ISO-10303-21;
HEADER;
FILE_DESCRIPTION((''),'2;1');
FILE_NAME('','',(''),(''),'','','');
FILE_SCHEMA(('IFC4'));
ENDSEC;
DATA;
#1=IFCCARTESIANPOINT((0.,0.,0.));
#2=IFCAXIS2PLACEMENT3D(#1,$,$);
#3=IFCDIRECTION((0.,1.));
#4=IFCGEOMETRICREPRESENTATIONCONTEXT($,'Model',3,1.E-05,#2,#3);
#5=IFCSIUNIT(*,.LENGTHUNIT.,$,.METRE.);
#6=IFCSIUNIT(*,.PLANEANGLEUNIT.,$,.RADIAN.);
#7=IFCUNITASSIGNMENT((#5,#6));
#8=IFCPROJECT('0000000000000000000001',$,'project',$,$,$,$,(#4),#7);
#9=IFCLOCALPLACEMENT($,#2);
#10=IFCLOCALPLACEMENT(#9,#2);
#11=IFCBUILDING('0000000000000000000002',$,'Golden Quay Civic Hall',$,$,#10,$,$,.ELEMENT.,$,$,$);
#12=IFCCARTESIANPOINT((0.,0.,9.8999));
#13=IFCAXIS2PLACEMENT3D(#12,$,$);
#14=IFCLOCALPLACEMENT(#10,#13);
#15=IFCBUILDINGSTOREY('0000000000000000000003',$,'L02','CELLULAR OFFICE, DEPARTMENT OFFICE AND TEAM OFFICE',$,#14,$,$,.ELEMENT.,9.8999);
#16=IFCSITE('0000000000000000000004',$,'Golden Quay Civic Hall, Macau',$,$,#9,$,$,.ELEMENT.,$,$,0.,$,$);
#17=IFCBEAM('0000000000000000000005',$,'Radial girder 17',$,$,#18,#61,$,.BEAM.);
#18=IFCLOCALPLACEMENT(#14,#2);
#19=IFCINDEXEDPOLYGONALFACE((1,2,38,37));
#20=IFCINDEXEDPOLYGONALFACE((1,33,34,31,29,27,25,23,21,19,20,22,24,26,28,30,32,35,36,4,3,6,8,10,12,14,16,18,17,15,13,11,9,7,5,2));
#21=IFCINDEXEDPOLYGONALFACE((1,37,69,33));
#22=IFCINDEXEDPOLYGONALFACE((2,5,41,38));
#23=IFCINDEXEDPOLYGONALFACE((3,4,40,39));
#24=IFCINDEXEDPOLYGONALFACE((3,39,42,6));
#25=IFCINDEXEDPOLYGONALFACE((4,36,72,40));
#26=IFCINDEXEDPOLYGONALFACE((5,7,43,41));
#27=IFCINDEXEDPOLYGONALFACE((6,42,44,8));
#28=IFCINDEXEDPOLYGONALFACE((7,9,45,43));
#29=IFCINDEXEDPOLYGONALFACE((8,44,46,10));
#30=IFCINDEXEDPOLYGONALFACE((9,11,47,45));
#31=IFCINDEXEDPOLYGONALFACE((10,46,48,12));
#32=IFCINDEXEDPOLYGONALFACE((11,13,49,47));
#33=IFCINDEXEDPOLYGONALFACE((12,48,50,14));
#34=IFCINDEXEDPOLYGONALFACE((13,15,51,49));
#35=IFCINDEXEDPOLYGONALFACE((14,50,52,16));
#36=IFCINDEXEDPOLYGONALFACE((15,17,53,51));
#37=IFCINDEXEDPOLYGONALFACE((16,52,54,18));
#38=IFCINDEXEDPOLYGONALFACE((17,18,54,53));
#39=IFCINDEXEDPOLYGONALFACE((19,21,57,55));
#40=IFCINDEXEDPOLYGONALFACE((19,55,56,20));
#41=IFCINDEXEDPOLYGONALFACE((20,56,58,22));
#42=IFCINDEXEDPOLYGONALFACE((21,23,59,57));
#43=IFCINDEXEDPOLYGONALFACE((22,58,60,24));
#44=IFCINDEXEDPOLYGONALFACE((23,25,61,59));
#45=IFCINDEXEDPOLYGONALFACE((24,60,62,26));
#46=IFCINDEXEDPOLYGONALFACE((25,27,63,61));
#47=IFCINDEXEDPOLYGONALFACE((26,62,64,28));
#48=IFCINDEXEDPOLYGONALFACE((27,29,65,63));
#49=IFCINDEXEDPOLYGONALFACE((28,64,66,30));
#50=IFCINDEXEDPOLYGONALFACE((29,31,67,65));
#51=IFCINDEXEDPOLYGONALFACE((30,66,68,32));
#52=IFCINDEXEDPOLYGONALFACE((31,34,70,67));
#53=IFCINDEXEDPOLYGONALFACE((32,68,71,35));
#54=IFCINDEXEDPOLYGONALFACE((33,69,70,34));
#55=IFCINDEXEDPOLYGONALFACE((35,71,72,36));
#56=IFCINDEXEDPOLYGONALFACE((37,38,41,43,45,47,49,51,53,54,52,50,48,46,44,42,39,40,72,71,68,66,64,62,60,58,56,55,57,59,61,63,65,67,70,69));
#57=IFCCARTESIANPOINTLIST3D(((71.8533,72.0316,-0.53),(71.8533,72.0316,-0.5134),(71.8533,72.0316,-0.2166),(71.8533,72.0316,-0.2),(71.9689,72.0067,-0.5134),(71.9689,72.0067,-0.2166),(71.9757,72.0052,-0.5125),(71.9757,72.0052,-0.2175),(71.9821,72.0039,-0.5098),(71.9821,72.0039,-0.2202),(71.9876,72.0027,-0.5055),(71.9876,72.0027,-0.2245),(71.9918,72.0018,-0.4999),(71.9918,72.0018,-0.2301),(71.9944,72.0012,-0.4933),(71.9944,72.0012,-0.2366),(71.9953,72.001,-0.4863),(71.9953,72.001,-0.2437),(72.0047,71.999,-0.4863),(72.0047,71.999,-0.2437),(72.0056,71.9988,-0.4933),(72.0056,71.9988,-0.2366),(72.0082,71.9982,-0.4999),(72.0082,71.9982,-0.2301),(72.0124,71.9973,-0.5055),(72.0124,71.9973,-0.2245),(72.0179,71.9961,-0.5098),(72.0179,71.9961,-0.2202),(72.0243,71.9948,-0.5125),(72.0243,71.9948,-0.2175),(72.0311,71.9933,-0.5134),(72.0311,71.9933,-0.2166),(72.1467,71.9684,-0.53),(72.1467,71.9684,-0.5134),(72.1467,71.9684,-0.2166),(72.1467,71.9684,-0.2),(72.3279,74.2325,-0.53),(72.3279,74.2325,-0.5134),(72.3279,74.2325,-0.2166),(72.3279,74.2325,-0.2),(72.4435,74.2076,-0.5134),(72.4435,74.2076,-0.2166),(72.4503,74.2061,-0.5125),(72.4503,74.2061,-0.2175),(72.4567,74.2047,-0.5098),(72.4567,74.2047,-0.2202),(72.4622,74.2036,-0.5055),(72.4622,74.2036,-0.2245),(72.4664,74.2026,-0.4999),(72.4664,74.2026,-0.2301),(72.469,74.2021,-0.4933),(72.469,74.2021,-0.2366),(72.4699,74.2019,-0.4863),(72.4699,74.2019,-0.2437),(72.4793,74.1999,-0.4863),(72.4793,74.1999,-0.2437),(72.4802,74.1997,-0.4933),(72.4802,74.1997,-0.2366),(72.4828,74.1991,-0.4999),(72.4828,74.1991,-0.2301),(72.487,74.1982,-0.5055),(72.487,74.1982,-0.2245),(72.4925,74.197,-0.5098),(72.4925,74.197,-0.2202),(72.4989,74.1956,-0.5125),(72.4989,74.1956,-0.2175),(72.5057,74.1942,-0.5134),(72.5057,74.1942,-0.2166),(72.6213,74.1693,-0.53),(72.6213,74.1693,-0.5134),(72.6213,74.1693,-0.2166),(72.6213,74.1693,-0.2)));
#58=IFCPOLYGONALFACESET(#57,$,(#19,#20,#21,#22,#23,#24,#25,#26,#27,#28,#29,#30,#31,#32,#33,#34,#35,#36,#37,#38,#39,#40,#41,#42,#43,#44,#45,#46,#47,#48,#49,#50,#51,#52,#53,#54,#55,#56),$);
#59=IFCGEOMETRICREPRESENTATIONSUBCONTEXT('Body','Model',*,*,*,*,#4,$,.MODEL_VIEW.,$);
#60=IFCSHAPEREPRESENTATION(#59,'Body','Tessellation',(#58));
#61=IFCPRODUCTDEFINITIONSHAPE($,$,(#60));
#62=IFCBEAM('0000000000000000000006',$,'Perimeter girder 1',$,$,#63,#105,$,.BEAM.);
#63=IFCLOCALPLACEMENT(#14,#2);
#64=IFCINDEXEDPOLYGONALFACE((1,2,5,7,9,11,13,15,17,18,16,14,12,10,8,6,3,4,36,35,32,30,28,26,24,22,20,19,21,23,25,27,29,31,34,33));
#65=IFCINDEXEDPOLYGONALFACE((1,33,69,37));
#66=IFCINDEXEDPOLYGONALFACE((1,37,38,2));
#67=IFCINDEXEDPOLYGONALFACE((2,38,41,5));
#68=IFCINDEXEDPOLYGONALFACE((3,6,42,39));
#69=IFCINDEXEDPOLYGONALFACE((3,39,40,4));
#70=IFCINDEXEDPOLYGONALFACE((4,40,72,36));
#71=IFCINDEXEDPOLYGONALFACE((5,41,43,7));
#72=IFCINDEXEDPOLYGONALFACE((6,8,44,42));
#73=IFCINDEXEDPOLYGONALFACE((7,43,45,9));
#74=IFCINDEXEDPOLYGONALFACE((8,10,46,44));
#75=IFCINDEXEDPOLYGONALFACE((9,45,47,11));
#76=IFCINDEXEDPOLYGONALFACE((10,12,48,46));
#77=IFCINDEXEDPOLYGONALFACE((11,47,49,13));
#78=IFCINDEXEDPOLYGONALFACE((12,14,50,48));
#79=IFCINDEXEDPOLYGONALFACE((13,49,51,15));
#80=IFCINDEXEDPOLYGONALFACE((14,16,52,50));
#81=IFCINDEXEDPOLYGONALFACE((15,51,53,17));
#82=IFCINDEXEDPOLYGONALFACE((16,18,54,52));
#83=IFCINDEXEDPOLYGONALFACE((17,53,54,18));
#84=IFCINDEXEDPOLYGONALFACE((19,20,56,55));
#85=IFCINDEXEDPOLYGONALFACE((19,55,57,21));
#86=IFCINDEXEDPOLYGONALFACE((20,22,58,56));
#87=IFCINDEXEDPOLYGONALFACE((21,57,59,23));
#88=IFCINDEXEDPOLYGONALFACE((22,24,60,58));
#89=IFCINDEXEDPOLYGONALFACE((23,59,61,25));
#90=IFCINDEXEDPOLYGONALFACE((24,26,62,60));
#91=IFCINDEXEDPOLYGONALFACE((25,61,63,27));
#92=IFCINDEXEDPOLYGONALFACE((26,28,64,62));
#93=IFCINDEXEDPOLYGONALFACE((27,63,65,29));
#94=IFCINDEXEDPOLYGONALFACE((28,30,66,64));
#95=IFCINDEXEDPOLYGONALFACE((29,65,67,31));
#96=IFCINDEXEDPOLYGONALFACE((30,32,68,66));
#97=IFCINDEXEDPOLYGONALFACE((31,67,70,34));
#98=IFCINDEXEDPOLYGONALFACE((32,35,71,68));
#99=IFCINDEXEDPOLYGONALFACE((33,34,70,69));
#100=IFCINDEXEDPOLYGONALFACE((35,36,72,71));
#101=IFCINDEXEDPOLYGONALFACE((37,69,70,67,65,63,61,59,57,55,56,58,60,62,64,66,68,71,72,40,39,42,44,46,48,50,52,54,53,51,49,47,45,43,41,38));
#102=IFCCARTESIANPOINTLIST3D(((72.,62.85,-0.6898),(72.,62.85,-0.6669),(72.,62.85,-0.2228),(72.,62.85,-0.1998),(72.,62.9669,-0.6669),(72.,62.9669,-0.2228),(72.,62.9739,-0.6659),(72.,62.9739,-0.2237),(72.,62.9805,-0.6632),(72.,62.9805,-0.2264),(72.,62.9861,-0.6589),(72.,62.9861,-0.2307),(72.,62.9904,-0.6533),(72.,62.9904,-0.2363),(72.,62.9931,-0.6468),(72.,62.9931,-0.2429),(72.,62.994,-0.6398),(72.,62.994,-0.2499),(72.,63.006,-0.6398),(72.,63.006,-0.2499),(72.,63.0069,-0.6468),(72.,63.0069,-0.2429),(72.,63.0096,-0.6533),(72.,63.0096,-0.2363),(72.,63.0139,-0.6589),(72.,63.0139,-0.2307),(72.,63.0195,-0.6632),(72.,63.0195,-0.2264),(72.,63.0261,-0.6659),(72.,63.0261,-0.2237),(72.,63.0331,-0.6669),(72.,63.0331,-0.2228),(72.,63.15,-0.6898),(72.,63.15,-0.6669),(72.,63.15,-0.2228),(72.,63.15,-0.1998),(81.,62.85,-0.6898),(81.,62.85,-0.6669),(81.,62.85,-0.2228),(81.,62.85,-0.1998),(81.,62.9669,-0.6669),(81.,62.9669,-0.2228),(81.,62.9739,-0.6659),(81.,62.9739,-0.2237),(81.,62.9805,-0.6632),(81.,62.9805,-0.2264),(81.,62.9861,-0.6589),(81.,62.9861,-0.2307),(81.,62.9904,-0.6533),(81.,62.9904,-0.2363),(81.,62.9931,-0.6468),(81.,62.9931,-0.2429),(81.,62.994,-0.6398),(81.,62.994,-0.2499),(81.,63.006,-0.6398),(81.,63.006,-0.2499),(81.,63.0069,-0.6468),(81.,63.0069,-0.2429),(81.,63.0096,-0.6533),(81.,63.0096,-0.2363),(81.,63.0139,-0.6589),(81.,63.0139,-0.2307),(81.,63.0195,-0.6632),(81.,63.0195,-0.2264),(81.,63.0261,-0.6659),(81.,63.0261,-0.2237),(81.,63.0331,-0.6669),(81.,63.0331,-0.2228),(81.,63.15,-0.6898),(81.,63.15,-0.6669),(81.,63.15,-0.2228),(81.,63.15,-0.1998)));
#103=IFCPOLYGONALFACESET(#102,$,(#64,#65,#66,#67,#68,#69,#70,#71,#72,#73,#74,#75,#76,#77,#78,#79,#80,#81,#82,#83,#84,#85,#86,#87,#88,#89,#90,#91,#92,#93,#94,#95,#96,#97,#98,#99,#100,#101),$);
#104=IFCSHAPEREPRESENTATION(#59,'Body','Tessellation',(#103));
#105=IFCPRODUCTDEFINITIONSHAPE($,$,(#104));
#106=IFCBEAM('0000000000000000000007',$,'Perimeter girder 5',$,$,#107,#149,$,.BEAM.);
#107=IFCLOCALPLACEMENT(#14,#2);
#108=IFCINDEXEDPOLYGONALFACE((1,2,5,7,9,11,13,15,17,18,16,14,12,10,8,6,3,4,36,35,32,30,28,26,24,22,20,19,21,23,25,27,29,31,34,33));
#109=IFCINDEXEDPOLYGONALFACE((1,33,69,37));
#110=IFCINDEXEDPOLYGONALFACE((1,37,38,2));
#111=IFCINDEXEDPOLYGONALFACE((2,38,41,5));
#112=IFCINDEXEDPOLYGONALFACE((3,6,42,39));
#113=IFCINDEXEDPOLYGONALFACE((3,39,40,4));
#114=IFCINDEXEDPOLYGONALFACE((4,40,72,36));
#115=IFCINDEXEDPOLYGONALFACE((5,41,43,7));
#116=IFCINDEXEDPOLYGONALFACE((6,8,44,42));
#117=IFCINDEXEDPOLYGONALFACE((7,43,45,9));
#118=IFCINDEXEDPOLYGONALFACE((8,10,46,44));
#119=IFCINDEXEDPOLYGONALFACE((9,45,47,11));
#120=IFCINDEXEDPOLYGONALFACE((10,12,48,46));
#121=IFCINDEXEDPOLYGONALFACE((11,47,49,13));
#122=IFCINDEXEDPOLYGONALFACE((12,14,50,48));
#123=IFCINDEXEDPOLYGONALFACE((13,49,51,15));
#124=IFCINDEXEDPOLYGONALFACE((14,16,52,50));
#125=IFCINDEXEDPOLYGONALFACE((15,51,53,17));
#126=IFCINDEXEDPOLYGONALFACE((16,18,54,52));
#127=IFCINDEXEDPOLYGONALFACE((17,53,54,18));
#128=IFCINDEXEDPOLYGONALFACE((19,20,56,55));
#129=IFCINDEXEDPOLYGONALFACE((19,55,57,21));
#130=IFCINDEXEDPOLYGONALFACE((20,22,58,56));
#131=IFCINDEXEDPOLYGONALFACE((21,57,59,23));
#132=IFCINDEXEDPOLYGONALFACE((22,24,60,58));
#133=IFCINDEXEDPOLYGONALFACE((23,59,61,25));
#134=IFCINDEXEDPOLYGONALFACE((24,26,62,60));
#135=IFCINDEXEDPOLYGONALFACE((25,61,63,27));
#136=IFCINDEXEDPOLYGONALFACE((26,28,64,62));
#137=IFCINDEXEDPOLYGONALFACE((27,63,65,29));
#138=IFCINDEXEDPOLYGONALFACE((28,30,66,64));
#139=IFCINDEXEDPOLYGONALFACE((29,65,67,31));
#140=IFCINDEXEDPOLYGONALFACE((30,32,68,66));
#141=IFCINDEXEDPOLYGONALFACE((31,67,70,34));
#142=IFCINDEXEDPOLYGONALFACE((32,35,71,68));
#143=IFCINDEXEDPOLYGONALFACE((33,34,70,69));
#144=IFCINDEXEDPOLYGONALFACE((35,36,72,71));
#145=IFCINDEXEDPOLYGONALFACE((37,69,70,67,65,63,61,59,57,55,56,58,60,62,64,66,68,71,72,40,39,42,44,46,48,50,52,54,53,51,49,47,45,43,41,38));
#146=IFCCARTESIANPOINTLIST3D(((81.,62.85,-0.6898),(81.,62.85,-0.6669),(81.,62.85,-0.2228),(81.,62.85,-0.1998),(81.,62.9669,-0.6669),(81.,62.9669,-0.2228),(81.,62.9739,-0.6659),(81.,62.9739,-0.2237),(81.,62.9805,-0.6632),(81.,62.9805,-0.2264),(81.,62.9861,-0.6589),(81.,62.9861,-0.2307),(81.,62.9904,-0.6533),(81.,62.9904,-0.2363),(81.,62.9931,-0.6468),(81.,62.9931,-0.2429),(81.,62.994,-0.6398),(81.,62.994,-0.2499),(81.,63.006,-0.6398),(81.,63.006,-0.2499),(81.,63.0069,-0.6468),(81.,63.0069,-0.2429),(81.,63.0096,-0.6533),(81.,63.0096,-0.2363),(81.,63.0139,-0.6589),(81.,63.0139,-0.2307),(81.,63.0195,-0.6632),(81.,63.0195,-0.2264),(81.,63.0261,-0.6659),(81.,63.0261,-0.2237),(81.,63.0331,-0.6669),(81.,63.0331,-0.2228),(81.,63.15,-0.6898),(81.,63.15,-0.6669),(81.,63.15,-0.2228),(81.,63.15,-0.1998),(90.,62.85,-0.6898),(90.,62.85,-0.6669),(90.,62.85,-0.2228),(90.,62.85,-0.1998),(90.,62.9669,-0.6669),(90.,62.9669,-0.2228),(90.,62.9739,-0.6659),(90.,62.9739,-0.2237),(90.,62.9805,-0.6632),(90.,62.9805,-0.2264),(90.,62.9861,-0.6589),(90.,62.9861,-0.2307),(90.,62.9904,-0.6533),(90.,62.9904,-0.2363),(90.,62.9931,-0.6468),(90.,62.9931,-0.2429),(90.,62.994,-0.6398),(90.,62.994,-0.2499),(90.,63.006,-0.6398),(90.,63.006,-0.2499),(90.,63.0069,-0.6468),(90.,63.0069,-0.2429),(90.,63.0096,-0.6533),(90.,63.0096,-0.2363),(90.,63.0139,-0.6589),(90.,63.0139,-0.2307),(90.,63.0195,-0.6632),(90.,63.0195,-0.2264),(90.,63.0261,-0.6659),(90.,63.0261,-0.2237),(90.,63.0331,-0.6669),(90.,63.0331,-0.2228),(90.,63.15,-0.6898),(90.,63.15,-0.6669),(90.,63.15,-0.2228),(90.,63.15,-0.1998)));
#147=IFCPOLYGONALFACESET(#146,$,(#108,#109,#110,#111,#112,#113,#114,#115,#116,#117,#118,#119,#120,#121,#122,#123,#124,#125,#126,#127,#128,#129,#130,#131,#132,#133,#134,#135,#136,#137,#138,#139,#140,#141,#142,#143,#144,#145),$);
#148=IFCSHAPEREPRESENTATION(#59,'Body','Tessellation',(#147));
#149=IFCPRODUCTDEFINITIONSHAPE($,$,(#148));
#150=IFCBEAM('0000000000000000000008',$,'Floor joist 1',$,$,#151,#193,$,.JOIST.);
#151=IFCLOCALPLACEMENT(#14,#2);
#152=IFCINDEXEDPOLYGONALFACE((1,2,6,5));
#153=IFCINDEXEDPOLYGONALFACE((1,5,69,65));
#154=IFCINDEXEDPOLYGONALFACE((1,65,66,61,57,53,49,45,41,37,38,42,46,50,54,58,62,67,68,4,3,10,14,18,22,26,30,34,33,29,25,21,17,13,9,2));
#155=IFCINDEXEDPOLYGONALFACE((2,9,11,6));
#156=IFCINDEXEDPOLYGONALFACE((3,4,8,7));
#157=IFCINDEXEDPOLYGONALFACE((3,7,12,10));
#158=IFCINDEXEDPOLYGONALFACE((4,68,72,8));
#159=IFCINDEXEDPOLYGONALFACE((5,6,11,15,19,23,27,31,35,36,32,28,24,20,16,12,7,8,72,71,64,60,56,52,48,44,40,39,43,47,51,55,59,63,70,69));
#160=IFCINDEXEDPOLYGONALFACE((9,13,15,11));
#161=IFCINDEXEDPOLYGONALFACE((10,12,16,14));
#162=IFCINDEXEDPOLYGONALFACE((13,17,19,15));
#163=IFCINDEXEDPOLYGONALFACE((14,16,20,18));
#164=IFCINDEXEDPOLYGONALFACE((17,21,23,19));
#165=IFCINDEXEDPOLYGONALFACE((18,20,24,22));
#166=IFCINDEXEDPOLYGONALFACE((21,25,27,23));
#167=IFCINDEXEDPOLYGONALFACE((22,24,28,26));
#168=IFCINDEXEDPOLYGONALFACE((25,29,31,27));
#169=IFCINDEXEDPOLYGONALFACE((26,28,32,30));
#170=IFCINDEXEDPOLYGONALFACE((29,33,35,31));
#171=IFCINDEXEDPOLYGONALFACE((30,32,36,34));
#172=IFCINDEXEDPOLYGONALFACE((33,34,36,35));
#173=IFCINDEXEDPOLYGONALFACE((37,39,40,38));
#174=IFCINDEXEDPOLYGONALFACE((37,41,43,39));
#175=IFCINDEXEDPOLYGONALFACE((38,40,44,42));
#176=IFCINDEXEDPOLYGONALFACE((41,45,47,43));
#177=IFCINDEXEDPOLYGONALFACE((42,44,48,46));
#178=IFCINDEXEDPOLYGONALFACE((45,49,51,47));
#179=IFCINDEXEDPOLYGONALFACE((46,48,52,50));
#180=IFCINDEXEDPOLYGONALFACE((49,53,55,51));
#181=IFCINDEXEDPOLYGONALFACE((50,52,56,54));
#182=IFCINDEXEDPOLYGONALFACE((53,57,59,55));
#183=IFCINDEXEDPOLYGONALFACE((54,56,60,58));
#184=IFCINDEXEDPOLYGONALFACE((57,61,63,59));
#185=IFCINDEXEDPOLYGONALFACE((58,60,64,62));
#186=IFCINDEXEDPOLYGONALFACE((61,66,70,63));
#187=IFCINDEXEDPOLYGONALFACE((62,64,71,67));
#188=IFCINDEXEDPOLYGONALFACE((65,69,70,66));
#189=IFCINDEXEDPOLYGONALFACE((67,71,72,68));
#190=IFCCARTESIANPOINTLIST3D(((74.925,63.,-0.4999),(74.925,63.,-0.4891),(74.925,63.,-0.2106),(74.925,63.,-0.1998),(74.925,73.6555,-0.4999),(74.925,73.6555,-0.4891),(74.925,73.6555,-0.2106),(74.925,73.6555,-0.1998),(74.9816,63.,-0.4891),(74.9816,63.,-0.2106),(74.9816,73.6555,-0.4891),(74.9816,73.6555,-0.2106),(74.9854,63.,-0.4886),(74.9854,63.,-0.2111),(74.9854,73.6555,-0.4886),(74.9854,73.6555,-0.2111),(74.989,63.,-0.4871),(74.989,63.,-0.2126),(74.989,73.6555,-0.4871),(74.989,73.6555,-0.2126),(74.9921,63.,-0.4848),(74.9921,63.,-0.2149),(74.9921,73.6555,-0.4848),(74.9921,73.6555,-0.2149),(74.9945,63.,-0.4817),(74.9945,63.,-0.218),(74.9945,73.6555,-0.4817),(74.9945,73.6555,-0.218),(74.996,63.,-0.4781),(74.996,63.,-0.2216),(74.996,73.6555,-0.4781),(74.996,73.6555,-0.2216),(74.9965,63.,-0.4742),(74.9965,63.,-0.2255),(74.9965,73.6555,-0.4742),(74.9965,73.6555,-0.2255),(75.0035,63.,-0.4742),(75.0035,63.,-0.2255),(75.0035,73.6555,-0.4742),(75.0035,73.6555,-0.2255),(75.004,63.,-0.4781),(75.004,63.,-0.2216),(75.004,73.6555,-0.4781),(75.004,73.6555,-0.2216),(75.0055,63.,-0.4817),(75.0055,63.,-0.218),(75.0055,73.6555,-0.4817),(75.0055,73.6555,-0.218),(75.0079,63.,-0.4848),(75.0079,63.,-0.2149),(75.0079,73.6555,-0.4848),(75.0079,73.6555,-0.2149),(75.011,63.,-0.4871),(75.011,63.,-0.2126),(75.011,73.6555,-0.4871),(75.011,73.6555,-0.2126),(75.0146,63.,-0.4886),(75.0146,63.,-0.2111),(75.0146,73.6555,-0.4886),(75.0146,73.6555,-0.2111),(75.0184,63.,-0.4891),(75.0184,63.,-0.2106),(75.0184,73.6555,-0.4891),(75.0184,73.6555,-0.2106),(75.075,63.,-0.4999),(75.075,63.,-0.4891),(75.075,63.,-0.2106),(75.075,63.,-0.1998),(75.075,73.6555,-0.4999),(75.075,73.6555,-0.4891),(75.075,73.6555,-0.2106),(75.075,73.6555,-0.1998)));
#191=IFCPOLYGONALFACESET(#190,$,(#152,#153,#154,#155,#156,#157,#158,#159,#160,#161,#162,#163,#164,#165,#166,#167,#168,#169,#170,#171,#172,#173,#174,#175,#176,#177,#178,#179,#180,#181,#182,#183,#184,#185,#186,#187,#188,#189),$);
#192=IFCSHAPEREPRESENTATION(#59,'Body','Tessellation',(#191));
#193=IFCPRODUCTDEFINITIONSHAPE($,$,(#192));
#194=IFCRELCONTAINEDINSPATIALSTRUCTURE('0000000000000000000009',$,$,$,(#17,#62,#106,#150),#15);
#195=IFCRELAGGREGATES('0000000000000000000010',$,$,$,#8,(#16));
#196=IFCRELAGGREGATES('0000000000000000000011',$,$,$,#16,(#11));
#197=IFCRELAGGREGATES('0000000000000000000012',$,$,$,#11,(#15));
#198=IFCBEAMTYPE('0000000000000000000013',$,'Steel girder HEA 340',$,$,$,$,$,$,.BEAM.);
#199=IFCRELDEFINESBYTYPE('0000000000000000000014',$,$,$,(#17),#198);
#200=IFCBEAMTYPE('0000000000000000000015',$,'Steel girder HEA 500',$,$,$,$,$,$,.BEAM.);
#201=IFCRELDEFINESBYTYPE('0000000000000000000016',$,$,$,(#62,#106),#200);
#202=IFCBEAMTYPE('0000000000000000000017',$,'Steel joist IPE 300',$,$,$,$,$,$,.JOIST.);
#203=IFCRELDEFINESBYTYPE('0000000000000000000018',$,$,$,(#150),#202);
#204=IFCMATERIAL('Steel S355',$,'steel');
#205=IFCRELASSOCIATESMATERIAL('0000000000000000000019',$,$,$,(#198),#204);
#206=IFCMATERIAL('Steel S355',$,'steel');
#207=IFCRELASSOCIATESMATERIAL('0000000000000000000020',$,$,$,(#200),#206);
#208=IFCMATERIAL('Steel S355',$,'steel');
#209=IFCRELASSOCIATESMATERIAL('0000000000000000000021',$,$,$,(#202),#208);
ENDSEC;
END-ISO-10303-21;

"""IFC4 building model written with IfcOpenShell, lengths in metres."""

from ifc_helpers import new_model, si_unit, direction, frame, origin, origin_2d, place, context, subcontext, project, spatial, i_section, extrude, material, material_profile, profile_set, type_object, element, save


model = new_model("IFC4")

# Units and contexts
model_context = context("Model", 3, precision=1e-05, world=origin(), true_north=direction((0.0, 1.0)))
body_context = subcontext(model_context, "Body", "Model", "MODEL_VIEW")
ifc_project = project(units=[si_unit("LENGTHUNIT", "METRE"), si_unit("PLANEANGLEUNIT", "RADIAN")], contexts=[model_context])

# Site, building, storey
site_placement = place(None, origin())
site = spatial("IfcSite", under=ifc_project, at=site_placement, Name="Golden Quay Civic Hall, Macau", CompositionType="ELEMENT", RefElevation=0.0)
building_placement = place(site_placement, origin())
building = spatial("IfcBuilding", under=site, at=building_placement, Name="Golden Quay Civic Hall", CompositionType="ELEMENT")
storey_placement = place(building_placement, frame((0.0, 0.0, 9.8999)))
storey = spatial("IfcBuildingStorey", under=building, at=storey_placement, Name="L02", Description="CELLULAR OFFICE, DEPARTMENT OFFICE AND TEAM OFFICE", CompositionType="ELEMENT", Elevation=9.8999)

# Beams
ifc_material_1 = material(Name="Steel S355", Category="steel")
ifc_material_profile_1 = material_profile(ifc_material_1, i_section(OverallWidth=0.3, OverallDepth=0.3301, WebThickness=0.0095, FlangeThickness=0.0166, FilletRadius=0.0271, at=origin_2d()), Name="HEA 340")
ifc_profile_set_1 = profile_set([ifc_material_profile_1], Name="Steel S355")
beam_type_1 = type_object("IfcBeamType", Name="Steel girder HEA 340", PredefinedType="BEAM", material=ifc_profile_set_1)
beam_1_placement = place(storey_placement, frame((72.0, 72.0, -0.365), z_axis=(0.210795, 0.97753, 0.0), x_axis=(-0.97753, 0.210795, 0.0)))
element("IfcBeam", 1, at=beam_1_placement, inside=storey, type_object=beam_type_1, Name="Radial girder 17", PredefinedType="BEAM", context=body_context, shape_type="SweptSolid", body=[
    extrude(i_section(OverallWidth=0.3, OverallDepth=0.3301, WebThickness=0.0095, FlangeThickness=0.0166, FilletRadius=0.0271, at=origin_2d()), origin(), (0.0, 0.0, 1.0), 2.2515),
])
ifc_material_2 = material(Name="Steel S355", Category="steel")
ifc_material_profile_2 = material_profile(ifc_material_2, i_section(OverallWidth=0.3, OverallDepth=0.49, WebThickness=0.012, FlangeThickness=0.0229, FilletRadius=0.0271, at=origin_2d()), Name="HEA 500")
ifc_profile_set_2 = profile_set([ifc_material_profile_2], Name="Steel S355")
beam_type_2 = type_object("IfcBeamType", Name="Steel girder HEA 500", PredefinedType="BEAM", material=ifc_profile_set_2)
for number, where, z_axis, x_axis, name in (
    (2, (72.0, 63.0, -0.4448), (1.0, 0.0, 0.0), (0.0, 1.0, 0.0), "Perimeter girder 1"),
    (3, (81.0, 63.0, -0.4448), (1.0, 0.0, 0.0), (0.0, 1.0, 0.0), "Perimeter girder 5"),
):
    element("IfcBeam", number, at=place(storey_placement, frame(where, z_axis=z_axis, x_axis=x_axis)), inside=storey, type_object=beam_type_2, Name=name, PredefinedType="BEAM", context=body_context, shape_type="SweptSolid", body=[
        extrude(i_section(OverallWidth=0.3, OverallDepth=0.49, WebThickness=0.012, FlangeThickness=0.0229, FilletRadius=0.0271, at=origin_2d()), origin(), (0.0, 0.0, 1.0), 9.0),
    ])
ifc_material_3 = material(Name="Steel S355", Category="steel")
ifc_material_profile_3 = material_profile(ifc_material_3, i_section(OverallWidth=0.1499, OverallDepth=0.3, WebThickness=0.0071, FlangeThickness=0.0107, FilletRadius=0.0149, at=origin_2d()), Name="IPE 300")
ifc_profile_set_3 = profile_set([ifc_material_profile_3], Name="Steel S355")
beam_type_3 = type_object("IfcBeamType", Name="Steel joist IPE 300", PredefinedType="JOIST", material=ifc_profile_set_3)
beam_2_placement = place(storey_placement, frame((75.0, 63.0, -0.3499), z_axis=(0.0, 1.0, 0.0), x_axis=(-1.0, 0.0, 0.0)))
element("IfcBeam", 4, at=beam_2_placement, inside=storey, type_object=beam_type_3, Name="Floor joist 1", PredefinedType="JOIST", context=body_context, shape_type="SweptSolid", body=[
    extrude(i_section(OverallWidth=0.1499, OverallDepth=0.3, WebThickness=0.0071, FlangeThickness=0.0107, FilletRadius=0.0149, at=origin_2d()), origin(), (0.0, 0.0, 1.0), 10.6555),
])

save(model, "model.ifc")
